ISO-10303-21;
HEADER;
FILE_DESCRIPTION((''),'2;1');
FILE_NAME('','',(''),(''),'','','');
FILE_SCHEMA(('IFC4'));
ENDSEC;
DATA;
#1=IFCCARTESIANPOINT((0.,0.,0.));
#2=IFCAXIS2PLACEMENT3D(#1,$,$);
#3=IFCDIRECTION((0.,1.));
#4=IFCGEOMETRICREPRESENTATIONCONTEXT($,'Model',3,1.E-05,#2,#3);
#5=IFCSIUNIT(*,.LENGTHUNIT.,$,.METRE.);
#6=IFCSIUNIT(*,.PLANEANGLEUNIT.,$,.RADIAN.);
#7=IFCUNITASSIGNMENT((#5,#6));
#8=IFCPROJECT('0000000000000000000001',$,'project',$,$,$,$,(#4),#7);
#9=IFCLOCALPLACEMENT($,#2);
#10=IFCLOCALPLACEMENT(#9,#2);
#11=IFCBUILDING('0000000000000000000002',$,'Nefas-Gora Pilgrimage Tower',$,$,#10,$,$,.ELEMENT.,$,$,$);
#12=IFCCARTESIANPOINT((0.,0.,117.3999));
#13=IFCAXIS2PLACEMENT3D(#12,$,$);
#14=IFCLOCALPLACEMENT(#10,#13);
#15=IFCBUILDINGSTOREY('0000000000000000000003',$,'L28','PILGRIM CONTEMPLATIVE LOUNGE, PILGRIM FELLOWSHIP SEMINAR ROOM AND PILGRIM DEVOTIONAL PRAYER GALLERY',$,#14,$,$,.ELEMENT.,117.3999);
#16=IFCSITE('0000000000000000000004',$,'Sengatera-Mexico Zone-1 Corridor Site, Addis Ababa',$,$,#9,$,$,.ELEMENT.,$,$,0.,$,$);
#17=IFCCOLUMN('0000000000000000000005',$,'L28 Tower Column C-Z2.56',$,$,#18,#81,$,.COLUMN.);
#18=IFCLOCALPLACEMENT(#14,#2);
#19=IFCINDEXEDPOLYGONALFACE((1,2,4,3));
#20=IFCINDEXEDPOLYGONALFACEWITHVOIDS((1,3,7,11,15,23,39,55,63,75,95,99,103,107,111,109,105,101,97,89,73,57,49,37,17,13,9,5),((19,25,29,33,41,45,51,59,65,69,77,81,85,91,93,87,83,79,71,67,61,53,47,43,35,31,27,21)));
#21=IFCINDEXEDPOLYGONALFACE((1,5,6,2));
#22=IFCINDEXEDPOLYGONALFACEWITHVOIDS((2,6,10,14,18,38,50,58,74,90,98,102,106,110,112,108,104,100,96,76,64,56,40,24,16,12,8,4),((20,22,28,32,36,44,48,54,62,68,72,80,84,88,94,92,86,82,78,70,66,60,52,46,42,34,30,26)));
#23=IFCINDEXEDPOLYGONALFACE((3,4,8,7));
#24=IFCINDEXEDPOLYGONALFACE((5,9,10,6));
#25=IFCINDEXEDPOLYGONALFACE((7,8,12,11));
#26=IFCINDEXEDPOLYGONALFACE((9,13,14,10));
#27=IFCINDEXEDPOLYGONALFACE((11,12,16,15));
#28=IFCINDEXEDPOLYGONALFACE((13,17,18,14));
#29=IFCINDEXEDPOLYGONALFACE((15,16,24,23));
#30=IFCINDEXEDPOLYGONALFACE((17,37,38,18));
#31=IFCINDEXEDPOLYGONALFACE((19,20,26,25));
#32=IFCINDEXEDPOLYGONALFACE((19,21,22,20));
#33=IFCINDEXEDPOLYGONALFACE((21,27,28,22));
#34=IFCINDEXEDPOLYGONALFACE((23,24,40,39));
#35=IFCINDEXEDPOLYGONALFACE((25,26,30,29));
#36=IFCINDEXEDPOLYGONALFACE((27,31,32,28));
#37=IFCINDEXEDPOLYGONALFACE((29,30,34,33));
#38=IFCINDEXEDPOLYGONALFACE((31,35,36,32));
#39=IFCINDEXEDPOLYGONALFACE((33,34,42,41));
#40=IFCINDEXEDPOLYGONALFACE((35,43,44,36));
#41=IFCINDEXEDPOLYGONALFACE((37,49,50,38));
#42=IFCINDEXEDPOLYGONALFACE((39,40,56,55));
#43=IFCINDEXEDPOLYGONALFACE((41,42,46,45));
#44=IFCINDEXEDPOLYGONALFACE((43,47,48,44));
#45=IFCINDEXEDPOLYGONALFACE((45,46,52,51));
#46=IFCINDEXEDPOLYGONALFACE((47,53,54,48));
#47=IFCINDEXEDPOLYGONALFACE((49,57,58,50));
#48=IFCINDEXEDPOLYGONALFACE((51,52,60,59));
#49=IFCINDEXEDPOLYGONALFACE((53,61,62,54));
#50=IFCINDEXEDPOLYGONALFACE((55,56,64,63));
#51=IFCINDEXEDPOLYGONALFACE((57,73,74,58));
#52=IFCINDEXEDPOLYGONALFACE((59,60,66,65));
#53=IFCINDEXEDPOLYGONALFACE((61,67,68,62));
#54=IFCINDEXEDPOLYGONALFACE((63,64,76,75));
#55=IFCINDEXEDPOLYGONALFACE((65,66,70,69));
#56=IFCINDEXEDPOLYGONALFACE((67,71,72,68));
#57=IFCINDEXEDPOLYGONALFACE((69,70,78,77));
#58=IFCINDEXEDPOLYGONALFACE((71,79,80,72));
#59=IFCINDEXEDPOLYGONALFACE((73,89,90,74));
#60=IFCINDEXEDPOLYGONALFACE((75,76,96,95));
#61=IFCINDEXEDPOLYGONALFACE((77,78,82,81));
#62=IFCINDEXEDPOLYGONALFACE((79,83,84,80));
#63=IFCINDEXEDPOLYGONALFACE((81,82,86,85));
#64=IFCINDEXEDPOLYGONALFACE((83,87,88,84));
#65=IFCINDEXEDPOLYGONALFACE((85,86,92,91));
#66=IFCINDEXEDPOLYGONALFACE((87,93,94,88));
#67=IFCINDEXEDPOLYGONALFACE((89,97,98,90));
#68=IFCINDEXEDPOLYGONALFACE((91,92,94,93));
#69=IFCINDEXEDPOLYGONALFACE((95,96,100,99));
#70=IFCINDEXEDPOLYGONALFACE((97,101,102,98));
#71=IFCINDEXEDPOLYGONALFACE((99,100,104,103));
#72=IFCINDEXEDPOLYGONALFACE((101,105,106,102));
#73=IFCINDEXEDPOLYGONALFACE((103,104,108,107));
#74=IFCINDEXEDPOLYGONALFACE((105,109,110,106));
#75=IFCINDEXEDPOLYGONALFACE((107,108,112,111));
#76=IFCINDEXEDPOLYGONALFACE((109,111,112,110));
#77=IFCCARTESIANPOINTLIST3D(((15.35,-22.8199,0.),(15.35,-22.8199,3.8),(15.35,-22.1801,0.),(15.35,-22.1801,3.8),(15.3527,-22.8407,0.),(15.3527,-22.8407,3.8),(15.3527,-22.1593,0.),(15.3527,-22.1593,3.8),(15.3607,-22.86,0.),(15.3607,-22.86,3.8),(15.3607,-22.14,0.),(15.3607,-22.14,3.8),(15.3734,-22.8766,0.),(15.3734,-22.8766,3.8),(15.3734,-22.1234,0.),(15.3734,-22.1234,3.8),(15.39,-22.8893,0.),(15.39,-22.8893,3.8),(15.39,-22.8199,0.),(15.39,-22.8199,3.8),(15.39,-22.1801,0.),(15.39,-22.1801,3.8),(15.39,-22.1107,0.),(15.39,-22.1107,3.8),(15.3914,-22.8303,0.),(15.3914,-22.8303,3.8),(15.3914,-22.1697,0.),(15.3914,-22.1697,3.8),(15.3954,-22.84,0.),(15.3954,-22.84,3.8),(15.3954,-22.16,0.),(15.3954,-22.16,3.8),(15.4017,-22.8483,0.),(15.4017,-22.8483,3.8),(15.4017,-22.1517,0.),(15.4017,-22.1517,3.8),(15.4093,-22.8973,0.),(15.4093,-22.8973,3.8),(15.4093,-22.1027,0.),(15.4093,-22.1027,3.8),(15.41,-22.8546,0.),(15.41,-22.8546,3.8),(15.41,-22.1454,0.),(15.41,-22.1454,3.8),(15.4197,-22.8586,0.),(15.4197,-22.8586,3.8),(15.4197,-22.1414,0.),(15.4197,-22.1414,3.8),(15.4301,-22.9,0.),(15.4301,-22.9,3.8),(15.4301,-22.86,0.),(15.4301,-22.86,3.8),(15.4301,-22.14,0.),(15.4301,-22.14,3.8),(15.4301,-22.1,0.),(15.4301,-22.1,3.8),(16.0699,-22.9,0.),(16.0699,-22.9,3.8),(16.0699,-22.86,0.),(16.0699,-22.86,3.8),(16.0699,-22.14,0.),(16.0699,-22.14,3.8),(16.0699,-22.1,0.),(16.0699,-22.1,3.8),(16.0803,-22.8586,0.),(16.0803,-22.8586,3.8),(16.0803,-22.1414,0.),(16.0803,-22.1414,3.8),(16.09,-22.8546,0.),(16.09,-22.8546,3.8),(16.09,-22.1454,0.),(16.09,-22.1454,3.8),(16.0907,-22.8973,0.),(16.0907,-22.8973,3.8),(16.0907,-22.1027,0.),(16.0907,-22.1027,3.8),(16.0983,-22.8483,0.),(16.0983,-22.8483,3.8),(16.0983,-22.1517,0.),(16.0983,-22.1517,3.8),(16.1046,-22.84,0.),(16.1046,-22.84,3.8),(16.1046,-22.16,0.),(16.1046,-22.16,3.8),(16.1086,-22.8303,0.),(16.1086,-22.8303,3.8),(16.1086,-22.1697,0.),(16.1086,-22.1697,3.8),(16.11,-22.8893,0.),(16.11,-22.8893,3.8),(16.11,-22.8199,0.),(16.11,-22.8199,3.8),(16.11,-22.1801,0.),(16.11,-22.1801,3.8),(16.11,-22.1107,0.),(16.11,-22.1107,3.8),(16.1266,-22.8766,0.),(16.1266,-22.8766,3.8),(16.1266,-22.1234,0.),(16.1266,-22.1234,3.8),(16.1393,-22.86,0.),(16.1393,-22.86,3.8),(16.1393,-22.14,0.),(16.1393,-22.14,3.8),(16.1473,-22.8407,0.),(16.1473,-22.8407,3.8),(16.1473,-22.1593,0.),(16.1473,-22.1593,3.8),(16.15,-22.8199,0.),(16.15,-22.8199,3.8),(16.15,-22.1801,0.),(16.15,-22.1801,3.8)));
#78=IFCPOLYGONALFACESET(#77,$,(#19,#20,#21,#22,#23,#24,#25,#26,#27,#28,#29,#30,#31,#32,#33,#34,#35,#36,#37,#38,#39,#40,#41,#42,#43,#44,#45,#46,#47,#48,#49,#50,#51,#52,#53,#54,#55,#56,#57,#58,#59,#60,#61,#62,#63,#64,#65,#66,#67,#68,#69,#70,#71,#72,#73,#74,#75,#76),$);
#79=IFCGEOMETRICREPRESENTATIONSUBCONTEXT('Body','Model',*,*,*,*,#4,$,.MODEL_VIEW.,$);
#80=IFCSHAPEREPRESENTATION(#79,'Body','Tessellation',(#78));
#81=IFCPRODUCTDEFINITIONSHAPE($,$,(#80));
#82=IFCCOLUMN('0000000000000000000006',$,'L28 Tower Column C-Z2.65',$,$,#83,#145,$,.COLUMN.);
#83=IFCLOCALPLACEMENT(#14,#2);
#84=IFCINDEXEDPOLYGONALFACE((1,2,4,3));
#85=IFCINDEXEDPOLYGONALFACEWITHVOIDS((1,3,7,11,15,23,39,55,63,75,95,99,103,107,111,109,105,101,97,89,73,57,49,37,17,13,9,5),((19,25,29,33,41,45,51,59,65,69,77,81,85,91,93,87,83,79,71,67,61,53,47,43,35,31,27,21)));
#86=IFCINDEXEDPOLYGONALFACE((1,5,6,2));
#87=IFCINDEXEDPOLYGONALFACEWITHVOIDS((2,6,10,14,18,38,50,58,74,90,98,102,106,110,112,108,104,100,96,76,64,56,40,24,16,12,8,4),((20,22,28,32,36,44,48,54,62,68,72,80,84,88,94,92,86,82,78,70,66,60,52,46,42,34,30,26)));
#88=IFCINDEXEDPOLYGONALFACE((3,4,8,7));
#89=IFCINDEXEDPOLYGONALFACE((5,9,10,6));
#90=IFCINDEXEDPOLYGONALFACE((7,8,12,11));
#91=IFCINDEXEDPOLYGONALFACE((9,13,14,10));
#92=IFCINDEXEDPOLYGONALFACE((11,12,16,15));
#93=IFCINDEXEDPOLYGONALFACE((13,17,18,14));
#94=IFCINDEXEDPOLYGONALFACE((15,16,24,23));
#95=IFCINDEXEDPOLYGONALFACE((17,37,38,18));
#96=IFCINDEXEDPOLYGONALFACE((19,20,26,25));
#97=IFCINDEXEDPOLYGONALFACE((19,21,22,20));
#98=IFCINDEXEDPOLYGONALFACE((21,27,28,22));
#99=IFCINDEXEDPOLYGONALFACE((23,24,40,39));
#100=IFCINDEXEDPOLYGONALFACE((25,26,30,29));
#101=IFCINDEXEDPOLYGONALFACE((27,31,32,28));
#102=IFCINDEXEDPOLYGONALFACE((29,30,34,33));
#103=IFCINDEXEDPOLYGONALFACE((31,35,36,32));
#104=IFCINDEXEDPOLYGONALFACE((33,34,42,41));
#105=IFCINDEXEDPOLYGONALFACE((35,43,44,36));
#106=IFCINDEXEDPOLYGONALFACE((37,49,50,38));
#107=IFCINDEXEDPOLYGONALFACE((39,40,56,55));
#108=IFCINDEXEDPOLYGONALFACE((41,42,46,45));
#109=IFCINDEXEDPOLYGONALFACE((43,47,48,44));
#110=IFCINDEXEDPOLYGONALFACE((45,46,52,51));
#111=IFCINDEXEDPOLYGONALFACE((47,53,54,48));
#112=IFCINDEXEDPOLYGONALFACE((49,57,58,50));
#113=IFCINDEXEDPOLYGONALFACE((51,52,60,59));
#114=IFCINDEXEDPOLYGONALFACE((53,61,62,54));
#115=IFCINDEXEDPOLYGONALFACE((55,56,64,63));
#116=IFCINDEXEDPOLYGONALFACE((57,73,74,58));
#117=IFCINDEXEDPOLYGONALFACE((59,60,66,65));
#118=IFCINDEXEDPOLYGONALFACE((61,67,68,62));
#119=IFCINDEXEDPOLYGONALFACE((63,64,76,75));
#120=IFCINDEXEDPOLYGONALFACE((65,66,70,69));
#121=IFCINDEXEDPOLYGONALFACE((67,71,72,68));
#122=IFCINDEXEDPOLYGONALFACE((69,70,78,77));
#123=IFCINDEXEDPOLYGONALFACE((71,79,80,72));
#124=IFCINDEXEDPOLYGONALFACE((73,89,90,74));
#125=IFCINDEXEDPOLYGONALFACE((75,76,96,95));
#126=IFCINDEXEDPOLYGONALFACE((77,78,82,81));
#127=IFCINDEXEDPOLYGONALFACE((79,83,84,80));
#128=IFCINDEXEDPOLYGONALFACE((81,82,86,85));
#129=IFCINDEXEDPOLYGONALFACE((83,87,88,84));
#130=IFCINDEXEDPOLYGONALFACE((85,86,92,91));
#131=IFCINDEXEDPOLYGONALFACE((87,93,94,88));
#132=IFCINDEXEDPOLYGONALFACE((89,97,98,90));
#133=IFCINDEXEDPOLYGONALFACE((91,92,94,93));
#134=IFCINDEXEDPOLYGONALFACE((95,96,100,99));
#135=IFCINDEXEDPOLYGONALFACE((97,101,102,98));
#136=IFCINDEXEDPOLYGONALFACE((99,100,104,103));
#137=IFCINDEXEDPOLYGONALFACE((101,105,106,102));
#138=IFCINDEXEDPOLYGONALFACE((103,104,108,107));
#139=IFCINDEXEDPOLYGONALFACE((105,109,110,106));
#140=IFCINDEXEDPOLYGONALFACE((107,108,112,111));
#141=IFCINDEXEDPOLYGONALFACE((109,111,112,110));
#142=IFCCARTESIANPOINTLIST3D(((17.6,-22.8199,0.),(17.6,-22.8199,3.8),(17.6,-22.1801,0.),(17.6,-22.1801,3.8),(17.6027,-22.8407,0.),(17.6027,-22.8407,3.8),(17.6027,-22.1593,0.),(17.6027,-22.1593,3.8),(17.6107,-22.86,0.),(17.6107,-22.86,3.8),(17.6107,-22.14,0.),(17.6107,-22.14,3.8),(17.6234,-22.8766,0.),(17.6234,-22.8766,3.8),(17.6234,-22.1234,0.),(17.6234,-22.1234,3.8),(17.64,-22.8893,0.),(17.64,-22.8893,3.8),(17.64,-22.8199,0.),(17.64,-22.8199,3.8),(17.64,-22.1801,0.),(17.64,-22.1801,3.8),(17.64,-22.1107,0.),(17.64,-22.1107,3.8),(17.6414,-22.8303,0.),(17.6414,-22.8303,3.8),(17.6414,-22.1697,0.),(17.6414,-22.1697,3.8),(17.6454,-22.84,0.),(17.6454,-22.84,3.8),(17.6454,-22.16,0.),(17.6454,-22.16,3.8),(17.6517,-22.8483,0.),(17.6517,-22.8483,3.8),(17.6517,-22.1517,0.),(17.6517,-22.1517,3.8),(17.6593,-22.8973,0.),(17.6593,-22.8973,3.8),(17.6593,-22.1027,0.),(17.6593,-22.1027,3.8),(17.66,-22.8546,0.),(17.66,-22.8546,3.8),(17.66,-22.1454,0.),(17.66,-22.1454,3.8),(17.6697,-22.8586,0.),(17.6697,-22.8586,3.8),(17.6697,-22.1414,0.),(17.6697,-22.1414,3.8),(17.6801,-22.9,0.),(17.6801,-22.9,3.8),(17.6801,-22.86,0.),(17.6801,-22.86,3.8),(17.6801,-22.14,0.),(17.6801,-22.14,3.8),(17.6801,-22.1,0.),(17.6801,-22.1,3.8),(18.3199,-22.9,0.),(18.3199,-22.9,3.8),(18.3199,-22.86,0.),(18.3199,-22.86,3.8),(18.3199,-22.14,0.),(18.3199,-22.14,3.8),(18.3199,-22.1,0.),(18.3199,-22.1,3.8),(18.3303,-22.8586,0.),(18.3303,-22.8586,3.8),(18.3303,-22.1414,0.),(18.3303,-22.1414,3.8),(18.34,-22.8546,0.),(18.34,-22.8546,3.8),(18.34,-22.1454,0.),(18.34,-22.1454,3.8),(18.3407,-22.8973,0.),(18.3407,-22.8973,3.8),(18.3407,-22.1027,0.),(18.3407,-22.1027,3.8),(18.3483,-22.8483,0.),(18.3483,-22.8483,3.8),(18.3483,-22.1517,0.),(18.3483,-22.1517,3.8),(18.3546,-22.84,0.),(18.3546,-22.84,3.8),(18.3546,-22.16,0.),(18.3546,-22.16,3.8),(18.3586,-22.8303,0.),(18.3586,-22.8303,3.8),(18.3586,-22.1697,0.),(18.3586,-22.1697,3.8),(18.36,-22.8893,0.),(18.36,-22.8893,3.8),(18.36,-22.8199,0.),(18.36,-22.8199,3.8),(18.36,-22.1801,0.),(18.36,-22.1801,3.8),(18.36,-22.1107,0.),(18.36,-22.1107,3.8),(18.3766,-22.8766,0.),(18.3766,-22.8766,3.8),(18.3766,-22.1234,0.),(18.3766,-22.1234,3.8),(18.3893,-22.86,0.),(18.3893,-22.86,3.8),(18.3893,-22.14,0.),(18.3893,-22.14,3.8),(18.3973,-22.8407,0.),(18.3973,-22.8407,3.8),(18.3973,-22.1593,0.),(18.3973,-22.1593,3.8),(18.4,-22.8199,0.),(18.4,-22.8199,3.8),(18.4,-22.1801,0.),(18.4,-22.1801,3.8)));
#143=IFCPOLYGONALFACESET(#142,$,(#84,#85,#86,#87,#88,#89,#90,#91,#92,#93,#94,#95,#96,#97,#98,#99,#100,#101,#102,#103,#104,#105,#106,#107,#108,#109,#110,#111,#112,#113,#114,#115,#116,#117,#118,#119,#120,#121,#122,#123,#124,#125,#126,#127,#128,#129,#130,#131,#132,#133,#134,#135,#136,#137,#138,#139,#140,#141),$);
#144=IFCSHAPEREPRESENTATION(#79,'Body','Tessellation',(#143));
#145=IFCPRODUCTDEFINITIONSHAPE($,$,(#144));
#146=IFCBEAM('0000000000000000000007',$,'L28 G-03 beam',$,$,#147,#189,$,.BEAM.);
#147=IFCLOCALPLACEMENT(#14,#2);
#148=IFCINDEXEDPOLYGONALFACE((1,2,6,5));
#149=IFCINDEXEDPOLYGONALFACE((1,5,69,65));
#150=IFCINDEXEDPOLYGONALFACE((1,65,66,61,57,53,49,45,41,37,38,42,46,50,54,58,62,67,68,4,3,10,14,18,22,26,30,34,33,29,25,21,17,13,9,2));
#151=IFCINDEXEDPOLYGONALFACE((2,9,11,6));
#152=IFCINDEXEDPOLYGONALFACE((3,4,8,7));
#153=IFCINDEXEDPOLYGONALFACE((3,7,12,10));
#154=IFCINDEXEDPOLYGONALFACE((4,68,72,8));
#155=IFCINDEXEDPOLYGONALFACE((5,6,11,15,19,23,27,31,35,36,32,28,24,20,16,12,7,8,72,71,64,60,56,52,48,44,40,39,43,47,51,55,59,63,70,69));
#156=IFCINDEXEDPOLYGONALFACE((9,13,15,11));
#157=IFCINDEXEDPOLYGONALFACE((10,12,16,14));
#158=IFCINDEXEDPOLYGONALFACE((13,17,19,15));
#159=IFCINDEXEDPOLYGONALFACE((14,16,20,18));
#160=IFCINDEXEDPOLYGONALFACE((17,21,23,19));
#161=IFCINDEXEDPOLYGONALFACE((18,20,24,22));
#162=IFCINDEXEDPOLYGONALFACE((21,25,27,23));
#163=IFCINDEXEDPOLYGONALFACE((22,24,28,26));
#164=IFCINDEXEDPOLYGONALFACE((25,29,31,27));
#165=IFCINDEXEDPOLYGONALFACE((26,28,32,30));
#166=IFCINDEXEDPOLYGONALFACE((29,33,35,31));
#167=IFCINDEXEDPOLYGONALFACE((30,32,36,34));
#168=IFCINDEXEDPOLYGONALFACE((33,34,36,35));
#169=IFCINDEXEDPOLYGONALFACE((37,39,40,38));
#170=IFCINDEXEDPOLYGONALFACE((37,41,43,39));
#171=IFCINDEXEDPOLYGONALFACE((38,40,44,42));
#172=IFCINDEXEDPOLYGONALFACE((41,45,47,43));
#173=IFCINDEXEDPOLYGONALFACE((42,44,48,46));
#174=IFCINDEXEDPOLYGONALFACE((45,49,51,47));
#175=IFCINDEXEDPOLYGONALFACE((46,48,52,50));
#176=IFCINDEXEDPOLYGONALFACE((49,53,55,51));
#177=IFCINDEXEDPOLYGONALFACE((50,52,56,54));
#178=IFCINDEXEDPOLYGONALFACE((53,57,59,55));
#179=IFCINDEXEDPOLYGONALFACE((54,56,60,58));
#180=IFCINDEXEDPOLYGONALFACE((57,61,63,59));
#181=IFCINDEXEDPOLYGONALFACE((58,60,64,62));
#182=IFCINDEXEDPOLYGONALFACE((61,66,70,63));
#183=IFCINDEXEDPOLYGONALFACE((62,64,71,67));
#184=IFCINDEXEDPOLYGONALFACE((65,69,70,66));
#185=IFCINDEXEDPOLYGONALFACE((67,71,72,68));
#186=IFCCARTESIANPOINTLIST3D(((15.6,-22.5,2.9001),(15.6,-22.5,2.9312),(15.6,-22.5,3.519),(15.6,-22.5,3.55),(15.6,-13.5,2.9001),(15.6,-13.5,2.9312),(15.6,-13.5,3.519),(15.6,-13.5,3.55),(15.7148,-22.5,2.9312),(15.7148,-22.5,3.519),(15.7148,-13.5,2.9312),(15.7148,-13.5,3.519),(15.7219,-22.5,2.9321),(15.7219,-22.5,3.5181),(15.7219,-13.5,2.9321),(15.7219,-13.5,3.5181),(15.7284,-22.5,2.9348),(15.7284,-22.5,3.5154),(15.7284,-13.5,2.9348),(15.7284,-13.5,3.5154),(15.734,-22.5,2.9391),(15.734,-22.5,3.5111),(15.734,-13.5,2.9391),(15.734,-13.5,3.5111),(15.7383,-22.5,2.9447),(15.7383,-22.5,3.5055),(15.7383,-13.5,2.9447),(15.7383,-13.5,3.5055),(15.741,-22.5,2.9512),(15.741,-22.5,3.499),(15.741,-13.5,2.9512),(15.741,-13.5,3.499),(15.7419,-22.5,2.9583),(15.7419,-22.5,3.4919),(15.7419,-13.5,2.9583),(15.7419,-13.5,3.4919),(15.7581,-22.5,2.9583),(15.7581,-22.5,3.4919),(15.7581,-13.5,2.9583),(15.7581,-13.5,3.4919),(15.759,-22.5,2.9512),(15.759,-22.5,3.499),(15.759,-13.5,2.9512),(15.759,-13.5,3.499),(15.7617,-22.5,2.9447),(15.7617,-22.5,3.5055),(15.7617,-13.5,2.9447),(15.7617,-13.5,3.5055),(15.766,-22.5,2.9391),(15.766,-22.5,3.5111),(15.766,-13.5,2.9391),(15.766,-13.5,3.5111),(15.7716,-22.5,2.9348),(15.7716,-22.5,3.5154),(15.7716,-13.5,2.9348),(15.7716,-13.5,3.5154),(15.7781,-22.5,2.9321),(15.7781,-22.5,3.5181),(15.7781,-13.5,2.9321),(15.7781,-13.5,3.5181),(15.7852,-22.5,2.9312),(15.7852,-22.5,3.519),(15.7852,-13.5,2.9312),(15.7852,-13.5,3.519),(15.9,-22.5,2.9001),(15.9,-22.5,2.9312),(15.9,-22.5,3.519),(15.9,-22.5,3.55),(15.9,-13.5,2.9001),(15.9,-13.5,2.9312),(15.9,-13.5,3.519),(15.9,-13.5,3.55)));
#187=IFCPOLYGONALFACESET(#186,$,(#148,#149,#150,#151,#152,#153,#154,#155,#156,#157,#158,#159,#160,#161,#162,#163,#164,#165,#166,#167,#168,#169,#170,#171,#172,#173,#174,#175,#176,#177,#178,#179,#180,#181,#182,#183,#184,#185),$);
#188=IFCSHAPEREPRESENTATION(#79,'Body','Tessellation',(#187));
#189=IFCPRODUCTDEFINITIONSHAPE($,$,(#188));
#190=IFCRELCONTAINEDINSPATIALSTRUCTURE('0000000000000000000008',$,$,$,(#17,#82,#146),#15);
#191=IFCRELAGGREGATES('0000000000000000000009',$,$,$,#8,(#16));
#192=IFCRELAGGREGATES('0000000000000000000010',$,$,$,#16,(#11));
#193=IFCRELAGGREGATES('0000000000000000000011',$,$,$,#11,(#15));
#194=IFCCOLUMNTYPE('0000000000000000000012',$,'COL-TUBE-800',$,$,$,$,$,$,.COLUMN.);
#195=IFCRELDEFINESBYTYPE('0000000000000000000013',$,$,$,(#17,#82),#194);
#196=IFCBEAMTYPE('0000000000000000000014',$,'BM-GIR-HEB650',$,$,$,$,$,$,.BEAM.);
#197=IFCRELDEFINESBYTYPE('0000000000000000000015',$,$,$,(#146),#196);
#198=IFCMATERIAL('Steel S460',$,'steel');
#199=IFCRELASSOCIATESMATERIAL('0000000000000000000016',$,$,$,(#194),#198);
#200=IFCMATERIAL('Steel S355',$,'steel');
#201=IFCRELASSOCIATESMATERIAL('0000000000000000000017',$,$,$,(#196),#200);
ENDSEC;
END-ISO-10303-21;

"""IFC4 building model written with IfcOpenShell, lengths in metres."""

from ifc_helpers import new_model, si_unit, direction, frame, origin, origin_2d, place, context, subcontext, project, spatial, hollow_rectangle, i_section, extrude, source, transform, mapped, material, material_profile, profile_set, type_object, element, save


model = new_model("IFC4")

# Units and contexts
model_context = context("Model", 3, precision=1e-05, world=origin(), true_north=direction((0.0, 1.0)))
body_context = subcontext(model_context, "Body", "Model", "MODEL_VIEW")
ifc_project = project(units=[si_unit("LENGTHUNIT", "METRE"), si_unit("PLANEANGLEUNIT", "RADIAN")], contexts=[model_context])

# Site, building, storey
site_placement = place(None, origin())
site = spatial("IfcSite", under=ifc_project, at=site_placement, Name="Sengatera-Mexico Zone-1 Corridor Site, Addis Ababa", CompositionType="ELEMENT", RefElevation=0.0)
building_placement = place(site_placement, origin())
building = spatial("IfcBuilding", under=site, at=building_placement, Name="Nefas-Gora Pilgrimage Tower", CompositionType="ELEMENT")
storey_placement = place(building_placement, frame((0.0, 0.0, 117.3999)))
storey = spatial("IfcBuildingStorey", under=building, at=storey_placement, Name="L28", Description="PILGRIM CONTEMPLATIVE LOUNGE, PILGRIM FELLOWSHIP SEMINAR ROOM AND PILGRIM DEVOTIONAL PRAYER GALLERY", CompositionType="ELEMENT", Elevation=117.3999)

# Columns
ifc_material_1 = material(Name="Steel S460", Category="steel")
ifc_material_profile_1 = material_profile(ifc_material_1, hollow_rectangle(XDim=0.8, YDim=0.8, WallThickness=0.04, InnerFilletRadius=0.04, OuterFilletRadius=0.0801, at=origin_2d()), Name="BOX 800x800x40")
ifc_profile_set_1 = profile_set([ifc_material_profile_1], Name="Steel S460")
column_type_1 = type_object("IfcColumnType", Name="COL-TUBE-800", PredefinedType="COLUMN", material=ifc_profile_set_1)
shared_shape_1 = source(origin(), body_context, "Body", "SweptSolid", [
    extrude(hollow_rectangle(XDim=0.8, YDim=0.8, WallThickness=0.04, InnerFilletRadius=0.04, OuterFilletRadius=0.0801, at=origin_2d()), origin(), (0.0, 0.0, 1.0), 3.8),
])
for number, where, z_axis, x_axis, name in (
    (1, (15.75, -22.5, 0.0), (0.0, 0.0, 1.0), (1.0, 0.0, 0.0), "L28 Tower Column C-Z2.56"),
    (2, (18.0, -22.5, 0.0), (0.0, 0.0, 1.0), (1.0, 0.0, 0.0), "L28 Tower Column C-Z2.65"),
):
    element("IfcColumn", number, at=place(storey_placement, frame(where, z_axis=z_axis, x_axis=x_axis)), inside=storey, type_object=column_type_1, Name=name, PredefinedType="COLUMN", context=body_context, shape_type="MappedRepresentation", body=[
        mapped(shared_shape_1, transform((0.0, 0.0, 0.0), x_axis=(1.0, 0.0, 0.0), y_axis=(0.0, 1.0, 0.0), z_axis=(0.0, 0.0, 1.0), scale=1.0)),
    ])

# Beam
ifc_material_2 = material(Name="Steel S355", Category="steel")
ifc_material_profile_2 = material_profile(ifc_material_2, i_section(OverallWidth=0.3, OverallDepth=0.6499, WebThickness=0.0161, FlangeThickness=0.031, FilletRadius=0.0271, at=origin_2d()), Name="HEB 650")
ifc_profile_set_2 = profile_set([ifc_material_profile_2], Name="Steel S355")
beam_type_1 = type_object("IfcBeamType", Name="BM-GIR-HEB650", PredefinedType="BEAM", material=ifc_profile_set_2)
shared_shape_2 = source(origin(), body_context, "Body", "SweptSolid", [
    extrude(i_section(OverallWidth=0.3, OverallDepth=0.6499, WebThickness=0.0161, FlangeThickness=0.031, FilletRadius=0.0271, at=origin_2d()), origin(), (0.0, 0.0, 1.0), 9.0),
])
beam_placement = place(storey_placement, frame((15.75, -22.5, 3.2251), z_axis=(0.0, 1.0, 0.0), x_axis=(-1.0, 0.0, 0.0)))
element("IfcBeam", 3, at=beam_placement, inside=storey, type_object=beam_type_1, Name="L28 G-03 beam", PredefinedType="BEAM", context=body_context, shape_type="MappedRepresentation", body=[
    mapped(shared_shape_2, transform((0.0, 0.0, 0.0), x_axis=(1.0, 0.0, 0.0), y_axis=(0.0, 1.0, 0.0), z_axis=(0.0, 0.0, 1.0), scale=1.0)),
])

save(model, "model.ifc")
